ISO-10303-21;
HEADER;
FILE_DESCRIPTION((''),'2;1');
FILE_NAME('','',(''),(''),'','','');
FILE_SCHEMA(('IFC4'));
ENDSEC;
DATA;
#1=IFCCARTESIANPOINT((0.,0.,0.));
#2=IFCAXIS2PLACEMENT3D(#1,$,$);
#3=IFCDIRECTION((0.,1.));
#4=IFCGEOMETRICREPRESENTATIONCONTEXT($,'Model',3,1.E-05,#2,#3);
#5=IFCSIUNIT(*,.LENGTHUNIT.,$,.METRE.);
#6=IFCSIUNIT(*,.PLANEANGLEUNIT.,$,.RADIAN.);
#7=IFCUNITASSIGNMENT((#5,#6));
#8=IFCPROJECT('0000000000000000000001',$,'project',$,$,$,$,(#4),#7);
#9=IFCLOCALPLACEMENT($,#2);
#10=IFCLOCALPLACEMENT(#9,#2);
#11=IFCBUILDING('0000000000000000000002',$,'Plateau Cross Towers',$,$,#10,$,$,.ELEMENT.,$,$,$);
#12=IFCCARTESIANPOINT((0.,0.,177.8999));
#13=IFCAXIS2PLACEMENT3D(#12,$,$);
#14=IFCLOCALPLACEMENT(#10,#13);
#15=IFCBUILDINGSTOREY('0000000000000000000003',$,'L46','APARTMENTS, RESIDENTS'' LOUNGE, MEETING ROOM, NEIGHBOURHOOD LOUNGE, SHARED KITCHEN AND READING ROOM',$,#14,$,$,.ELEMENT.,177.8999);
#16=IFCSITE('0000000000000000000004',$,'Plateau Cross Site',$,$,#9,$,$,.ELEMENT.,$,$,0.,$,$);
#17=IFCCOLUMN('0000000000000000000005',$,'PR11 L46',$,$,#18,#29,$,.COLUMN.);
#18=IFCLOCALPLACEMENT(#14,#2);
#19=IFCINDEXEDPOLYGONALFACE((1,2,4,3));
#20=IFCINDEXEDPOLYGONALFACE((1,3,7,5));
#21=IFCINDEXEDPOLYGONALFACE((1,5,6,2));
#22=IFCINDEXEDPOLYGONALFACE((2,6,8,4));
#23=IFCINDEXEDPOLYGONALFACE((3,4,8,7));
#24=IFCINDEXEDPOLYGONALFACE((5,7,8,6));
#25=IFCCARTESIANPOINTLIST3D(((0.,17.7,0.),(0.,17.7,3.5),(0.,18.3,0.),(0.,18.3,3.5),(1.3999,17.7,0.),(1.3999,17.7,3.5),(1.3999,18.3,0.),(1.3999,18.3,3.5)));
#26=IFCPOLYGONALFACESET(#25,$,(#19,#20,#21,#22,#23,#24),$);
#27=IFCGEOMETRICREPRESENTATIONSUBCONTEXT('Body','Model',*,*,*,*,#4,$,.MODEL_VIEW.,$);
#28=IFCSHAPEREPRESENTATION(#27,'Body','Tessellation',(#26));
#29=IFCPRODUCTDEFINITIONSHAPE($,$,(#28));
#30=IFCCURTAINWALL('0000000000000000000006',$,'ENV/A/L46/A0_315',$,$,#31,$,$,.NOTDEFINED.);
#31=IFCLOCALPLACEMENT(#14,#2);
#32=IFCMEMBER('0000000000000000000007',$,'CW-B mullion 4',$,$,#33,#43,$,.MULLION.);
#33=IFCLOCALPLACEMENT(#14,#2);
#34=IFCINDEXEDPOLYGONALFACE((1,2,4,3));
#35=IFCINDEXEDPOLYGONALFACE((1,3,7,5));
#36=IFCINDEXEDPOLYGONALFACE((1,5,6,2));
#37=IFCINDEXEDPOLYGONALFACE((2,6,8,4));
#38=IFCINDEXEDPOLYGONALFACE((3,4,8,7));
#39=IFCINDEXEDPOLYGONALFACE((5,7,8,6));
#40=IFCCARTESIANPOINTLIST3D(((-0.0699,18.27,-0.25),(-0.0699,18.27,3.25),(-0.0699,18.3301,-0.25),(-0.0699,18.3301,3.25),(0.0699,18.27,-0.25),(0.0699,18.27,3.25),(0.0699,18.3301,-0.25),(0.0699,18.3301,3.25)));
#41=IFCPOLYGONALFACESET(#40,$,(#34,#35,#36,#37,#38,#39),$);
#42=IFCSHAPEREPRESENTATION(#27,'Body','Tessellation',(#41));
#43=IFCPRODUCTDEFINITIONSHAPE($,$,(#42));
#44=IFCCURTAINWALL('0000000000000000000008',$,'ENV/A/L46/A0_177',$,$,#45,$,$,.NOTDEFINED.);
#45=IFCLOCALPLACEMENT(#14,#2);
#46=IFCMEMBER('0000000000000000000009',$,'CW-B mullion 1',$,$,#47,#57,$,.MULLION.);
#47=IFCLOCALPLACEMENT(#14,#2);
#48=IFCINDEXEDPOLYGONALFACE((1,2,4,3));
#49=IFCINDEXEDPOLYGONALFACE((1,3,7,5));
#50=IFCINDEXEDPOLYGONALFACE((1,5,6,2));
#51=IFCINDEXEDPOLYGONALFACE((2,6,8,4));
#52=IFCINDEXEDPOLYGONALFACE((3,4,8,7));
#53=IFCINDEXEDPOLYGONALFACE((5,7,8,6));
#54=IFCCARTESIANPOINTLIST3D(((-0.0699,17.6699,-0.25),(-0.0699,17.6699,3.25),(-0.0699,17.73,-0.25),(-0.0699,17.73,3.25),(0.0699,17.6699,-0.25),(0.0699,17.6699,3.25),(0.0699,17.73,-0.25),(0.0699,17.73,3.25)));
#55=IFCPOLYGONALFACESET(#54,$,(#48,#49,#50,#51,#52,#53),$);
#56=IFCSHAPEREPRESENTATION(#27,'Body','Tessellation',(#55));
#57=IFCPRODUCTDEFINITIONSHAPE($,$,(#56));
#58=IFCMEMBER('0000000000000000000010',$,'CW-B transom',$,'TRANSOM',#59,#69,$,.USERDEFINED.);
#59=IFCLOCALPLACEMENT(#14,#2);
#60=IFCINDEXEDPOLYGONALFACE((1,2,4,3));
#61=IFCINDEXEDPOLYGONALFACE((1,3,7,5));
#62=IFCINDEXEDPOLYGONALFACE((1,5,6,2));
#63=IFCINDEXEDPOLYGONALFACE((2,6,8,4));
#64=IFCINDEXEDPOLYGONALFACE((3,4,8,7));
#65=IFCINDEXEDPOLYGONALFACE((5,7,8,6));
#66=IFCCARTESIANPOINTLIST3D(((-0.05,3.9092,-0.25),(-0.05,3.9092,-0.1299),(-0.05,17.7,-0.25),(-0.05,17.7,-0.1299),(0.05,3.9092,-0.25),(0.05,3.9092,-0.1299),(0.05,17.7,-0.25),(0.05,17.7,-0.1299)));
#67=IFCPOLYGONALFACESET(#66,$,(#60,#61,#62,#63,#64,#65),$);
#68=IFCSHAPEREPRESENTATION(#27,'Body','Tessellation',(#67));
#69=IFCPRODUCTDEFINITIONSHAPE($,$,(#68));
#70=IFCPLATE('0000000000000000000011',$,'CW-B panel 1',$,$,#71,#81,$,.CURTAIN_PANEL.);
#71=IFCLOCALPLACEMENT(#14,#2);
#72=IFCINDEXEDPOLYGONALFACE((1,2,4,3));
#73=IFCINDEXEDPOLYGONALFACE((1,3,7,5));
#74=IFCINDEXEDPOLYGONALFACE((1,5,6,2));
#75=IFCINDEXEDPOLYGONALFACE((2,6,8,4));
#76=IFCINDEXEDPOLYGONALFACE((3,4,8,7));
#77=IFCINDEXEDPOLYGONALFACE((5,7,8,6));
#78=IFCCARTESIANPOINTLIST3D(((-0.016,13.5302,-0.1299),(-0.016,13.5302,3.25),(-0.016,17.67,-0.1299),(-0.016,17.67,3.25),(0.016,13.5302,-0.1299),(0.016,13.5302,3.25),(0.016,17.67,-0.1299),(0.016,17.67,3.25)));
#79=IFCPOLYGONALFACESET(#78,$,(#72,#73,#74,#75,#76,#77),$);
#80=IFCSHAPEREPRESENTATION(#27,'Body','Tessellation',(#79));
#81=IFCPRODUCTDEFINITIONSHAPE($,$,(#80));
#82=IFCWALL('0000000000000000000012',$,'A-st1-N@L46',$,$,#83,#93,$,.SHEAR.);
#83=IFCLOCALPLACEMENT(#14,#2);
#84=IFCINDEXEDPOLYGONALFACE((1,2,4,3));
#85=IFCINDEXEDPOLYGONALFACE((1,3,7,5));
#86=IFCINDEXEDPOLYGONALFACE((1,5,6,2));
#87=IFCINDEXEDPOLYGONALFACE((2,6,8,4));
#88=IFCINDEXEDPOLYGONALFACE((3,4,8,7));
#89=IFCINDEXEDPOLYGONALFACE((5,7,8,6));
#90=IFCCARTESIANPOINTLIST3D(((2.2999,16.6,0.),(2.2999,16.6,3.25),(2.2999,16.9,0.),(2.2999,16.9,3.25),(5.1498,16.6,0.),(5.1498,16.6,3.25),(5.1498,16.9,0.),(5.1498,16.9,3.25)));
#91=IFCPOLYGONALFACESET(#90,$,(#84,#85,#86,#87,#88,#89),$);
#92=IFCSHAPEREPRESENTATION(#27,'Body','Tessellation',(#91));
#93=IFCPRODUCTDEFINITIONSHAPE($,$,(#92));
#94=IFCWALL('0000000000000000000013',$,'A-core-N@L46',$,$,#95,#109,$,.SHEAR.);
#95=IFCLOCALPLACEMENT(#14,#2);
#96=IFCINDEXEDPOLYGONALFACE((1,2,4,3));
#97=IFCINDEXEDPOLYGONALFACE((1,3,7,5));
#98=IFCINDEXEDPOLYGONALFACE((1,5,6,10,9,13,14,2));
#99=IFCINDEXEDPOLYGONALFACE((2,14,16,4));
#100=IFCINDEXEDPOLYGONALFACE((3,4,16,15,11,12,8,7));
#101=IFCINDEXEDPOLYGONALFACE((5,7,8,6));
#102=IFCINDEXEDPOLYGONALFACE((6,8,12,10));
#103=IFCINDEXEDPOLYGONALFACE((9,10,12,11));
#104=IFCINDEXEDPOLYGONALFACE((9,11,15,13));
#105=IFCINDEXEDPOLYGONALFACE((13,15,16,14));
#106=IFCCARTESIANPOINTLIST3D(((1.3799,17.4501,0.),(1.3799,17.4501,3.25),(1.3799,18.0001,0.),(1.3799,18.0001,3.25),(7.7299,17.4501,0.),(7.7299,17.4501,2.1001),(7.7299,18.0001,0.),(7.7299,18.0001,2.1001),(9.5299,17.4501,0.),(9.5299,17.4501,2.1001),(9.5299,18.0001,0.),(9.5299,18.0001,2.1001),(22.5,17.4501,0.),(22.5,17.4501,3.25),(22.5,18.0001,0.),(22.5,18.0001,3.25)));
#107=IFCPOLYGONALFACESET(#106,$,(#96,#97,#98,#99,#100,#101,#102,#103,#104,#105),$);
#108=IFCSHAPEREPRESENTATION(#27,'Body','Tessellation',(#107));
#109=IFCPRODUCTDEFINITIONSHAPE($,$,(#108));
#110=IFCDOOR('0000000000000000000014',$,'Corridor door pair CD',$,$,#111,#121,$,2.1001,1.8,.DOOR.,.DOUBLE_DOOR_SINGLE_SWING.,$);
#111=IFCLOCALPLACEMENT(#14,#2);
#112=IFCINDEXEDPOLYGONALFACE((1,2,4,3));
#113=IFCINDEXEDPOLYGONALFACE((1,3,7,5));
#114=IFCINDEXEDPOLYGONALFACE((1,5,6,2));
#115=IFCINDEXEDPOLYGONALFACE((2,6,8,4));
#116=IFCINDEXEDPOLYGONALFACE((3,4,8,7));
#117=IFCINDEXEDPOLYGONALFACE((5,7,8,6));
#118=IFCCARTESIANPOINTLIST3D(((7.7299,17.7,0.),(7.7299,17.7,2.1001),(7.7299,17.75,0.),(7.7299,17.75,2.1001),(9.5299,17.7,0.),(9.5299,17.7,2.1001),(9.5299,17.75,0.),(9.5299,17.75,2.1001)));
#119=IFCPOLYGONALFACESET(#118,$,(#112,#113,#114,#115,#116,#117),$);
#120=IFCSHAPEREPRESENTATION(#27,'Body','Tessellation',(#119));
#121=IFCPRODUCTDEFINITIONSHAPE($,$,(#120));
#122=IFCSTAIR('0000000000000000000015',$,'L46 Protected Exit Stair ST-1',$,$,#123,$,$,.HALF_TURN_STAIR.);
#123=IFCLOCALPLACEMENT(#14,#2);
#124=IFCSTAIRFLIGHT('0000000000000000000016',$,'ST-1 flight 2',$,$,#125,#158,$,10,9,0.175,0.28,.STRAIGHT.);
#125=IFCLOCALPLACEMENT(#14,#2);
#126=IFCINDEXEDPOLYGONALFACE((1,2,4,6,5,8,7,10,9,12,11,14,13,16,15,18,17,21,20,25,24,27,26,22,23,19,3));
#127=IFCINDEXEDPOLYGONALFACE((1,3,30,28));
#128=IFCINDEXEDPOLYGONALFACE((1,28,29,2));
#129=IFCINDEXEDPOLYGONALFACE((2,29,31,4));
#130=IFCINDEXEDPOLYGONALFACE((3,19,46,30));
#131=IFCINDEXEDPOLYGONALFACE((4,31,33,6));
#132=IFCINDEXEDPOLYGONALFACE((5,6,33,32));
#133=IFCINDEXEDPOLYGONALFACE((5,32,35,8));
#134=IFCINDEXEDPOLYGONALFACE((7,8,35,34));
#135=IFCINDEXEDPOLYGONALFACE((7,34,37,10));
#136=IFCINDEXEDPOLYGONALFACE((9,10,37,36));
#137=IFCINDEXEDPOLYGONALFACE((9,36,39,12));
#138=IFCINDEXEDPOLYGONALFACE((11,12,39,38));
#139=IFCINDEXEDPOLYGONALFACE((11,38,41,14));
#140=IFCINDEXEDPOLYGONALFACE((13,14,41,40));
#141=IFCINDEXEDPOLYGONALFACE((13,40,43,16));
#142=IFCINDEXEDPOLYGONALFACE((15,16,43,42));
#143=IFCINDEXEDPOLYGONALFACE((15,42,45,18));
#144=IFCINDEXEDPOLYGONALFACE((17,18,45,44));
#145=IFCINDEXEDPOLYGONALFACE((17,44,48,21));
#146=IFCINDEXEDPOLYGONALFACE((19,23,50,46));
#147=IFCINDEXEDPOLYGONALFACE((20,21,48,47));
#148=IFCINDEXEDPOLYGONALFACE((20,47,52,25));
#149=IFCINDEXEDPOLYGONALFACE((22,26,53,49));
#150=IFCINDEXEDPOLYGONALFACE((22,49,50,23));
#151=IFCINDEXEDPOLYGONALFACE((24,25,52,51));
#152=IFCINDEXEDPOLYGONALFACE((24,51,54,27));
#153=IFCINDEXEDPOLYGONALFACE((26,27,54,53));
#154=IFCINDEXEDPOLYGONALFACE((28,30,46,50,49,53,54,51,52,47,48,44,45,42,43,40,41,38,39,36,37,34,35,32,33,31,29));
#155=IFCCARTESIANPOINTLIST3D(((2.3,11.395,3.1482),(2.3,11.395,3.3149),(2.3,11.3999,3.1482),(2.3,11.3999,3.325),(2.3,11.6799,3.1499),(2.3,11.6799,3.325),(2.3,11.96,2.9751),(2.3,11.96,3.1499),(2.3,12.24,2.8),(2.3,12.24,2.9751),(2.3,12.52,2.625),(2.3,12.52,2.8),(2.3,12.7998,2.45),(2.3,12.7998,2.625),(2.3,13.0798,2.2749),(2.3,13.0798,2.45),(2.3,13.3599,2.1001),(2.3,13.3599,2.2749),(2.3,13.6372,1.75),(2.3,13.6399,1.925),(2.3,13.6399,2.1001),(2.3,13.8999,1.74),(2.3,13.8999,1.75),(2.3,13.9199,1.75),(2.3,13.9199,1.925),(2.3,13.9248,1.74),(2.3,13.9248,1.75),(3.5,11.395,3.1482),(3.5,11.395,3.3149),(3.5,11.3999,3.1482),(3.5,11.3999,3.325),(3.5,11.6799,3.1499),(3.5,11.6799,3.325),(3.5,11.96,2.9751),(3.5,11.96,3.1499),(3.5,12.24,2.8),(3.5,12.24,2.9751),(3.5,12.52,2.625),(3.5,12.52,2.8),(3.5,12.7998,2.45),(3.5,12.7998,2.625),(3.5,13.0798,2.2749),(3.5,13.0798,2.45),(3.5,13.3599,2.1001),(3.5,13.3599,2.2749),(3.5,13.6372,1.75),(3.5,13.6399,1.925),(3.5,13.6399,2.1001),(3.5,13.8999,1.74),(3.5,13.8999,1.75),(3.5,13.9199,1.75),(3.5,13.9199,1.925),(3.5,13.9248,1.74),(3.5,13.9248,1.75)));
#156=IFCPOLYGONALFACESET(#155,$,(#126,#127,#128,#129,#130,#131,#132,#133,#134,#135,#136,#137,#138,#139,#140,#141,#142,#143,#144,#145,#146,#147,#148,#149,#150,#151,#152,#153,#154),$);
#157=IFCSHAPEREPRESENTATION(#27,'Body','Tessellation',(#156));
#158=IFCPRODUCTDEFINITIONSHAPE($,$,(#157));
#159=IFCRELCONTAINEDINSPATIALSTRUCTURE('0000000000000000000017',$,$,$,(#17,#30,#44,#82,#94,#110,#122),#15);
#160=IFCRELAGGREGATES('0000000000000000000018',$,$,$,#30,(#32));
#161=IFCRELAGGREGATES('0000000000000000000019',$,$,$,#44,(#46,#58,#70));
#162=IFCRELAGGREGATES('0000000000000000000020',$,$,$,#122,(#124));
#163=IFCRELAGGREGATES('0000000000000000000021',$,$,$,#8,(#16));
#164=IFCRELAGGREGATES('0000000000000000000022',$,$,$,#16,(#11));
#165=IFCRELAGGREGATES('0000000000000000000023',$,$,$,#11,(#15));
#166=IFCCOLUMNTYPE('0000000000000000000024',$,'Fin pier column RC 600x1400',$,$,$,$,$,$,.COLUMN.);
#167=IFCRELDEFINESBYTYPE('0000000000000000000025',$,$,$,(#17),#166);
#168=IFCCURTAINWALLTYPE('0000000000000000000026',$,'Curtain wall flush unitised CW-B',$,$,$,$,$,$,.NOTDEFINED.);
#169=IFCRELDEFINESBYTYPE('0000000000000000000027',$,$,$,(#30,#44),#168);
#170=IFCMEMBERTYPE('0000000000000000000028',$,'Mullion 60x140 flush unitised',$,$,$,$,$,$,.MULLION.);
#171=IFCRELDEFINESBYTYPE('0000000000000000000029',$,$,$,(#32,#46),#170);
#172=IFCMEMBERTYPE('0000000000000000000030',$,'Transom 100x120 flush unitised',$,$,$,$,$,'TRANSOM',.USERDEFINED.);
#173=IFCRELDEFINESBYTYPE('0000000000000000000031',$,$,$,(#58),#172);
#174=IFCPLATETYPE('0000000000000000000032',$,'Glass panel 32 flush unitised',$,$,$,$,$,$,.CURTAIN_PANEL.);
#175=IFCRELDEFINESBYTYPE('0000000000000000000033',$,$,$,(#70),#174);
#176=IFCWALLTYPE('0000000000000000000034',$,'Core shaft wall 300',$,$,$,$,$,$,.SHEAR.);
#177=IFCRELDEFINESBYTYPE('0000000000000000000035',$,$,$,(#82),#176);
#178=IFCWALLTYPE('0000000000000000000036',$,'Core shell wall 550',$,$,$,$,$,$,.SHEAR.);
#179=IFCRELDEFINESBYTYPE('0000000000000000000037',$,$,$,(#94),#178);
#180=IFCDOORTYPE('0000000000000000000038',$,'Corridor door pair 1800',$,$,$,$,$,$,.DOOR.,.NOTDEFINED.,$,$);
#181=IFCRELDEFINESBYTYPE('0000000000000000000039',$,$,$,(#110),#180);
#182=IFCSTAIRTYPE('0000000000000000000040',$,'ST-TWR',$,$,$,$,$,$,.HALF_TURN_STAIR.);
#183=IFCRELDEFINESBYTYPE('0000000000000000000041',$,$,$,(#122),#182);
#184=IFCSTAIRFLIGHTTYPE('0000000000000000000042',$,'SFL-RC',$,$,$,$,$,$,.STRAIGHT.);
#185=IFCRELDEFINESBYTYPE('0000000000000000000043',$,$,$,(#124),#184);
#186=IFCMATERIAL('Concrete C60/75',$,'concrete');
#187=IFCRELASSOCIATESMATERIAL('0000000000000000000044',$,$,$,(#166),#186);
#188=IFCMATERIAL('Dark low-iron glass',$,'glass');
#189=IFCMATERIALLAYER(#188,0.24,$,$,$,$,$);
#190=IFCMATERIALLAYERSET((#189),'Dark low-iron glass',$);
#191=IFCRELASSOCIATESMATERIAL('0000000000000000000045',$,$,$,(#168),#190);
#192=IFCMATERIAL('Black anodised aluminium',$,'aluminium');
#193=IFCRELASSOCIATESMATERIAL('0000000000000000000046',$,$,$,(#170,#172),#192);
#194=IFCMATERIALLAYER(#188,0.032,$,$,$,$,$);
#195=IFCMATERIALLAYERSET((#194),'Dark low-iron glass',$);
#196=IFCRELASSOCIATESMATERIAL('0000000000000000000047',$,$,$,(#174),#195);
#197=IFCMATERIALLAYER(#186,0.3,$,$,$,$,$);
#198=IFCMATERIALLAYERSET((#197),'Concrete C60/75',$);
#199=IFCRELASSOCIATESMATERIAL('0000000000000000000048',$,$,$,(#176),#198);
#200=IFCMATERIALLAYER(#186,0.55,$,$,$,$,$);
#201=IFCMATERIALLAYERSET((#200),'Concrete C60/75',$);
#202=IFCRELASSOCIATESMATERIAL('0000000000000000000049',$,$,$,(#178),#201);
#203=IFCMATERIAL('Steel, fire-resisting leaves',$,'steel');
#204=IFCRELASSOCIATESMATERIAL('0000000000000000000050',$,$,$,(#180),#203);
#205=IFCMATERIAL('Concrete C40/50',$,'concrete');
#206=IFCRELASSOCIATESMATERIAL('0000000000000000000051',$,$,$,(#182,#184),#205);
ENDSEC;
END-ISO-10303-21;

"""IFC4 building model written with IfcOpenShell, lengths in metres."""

from ifc_helpers import new_model, si_unit, direction, frame, frame_2d, origin, origin_2d, place, context, subcontext, project, spatial, polyline, rectangle, outline, extrude, material, layer, layer_set, material_profile, profile_set, type_object, element, fill, aggregate, save


model = new_model("IFC4")

# Units and contexts
model_context = context("Model", 3, precision=1e-05, world=origin(), true_north=direction((0.0, 1.0)))
body_context = subcontext(model_context, "Body", "Model", "MODEL_VIEW")
ifc_project = project(units=[si_unit("LENGTHUNIT", "METRE"), si_unit("PLANEANGLEUNIT", "RADIAN")], contexts=[model_context])

# Site, building, storey
site_placement = place(None, origin())
site = spatial("IfcSite", under=ifc_project, at=site_placement, Name="Plateau Cross Site", CompositionType="ELEMENT", RefElevation=0.0)
building_placement = place(site_placement, origin())
building = spatial("IfcBuilding", under=site, at=building_placement, Name="Plateau Cross Towers", CompositionType="ELEMENT")
storey_placement = place(building_placement, frame((0.0, 0.0, 177.8999)))
storey = spatial("IfcBuildingStorey", under=building, at=storey_placement, Name="L46", Description="APARTMENTS, RESIDENTS' LOUNGE, MEETING ROOM, NEIGHBOURHOOD LOUNGE, SHARED KITCHEN AND READING ROOM", CompositionType="ELEMENT", Elevation=177.8999)

# Column
ifc_material_1 = material(Name="Concrete C60/75", Category="concrete")
ifc_material_profile_1 = material_profile(ifc_material_1, rectangle(XDim=0.6001, YDim=1.3999, at=origin_2d()), Name="RC 600x1400")
ifc_profile_set_1 = profile_set([ifc_material_profile_1], Name="Concrete C60/75")
column_type = type_object("IfcColumnType", Name="Fin pier column RC 600x1400", PredefinedType="COLUMN", material=ifc_profile_set_1)
column_placement = place(storey_placement, frame((0.7, 18.0, 0.0), z_axis=(0.0, 0.0, 1.0), x_axis=(0.0, 1.0, 0.0)))
element("IfcColumn", 1, at=column_placement, inside=storey, type_object=column_type, Name="PR11 L46", PredefinedType="COLUMN", context=body_context, shape_type="SweptSolid", body=[
    extrude(rectangle(XDim=0.6001, YDim=1.3999, at=origin_2d()), origin(), (0.0, 0.0, 1.0), 3.5),
])

# Curtain wall, member
ifc_material_2 = material(Name="Dark low-iron glass", Category="glass")
ifc_layer_1 = layer(ifc_material_2, 0.24)
ifc_layer_set_1 = layer_set([ifc_layer_1], Name="Dark low-iron glass")
curtain_wall_type = type_object("IfcCurtainWallType", Name="Curtain wall flush unitised CW-B", PredefinedType="NOTDEFINED", material=ifc_layer_set_1)
curtain_wall_1_placement = place(storey_placement, origin())
curtain_wall_1 = element("IfcCurtainWall", 2, at=curtain_wall_1_placement, inside=storey, type_object=curtain_wall_type, Name="ENV/A/L46/A0_315", PredefinedType="NOTDEFINED")
ifc_material_3 = material(Name="Black anodised aluminium", Category="aluminium")
ifc_material_profile_2 = material_profile(ifc_material_3, rectangle(XDim=0.0601, YDim=0.1399, at=origin_2d()), Name="MULLION 60x140")
ifc_profile_set_2 = profile_set([ifc_material_profile_2], Name="Black anodised aluminium")
member_type_1 = type_object("IfcMemberType", Name="Mullion 60x140 flush unitised", PredefinedType="MULLION", material=ifc_profile_set_2)
member_1_placement = place(storey_placement, frame((0.0, 18.3, -0.25), z_axis=(0.0, 0.0, 1.0), x_axis=(0.0, -1.0, 0.0)))
member_1 = element("IfcMember", 3, at=member_1_placement, type_object=member_type_1, Name="CW-B mullion 4", PredefinedType="MULLION", context=body_context, shape_type="SweptSolid", body=[
    extrude(rectangle(XDim=0.0601, YDim=0.1399, at=origin_2d()), origin(), (0.0, 0.0, 1.0), 3.5),
])
aggregate(curtain_wall_1, [member_1])

# Curtain wall, members, plate
curtain_wall_2_placement = place(storey_placement, origin())
curtain_wall_2 = element("IfcCurtainWall", 4, at=curtain_wall_2_placement, inside=storey, type_object=curtain_wall_type, Name="ENV/A/L46/A0_177", PredefinedType="NOTDEFINED")
member_2_placement = place(storey_placement, frame((0.0, 17.7, -0.25), z_axis=(0.0, 0.0, 1.0), x_axis=(0.0, -1.0, 0.0)))
member_2 = element("IfcMember", 5, at=member_2_placement, type_object=member_type_1, Name="CW-B mullion 1", PredefinedType="MULLION", context=body_context, shape_type="SweptSolid", body=[
    extrude(rectangle(XDim=0.0601, YDim=0.1399, at=origin_2d()), origin(), (0.0, 0.0, 1.0), 3.5),
])
ifc_material_profile_3 = material_profile(ifc_material_3, rectangle(XDim=0.1001, YDim=0.1201, at=origin_2d()), Name="TRANSOM 100x120")
ifc_profile_set_3 = profile_set([ifc_material_profile_3], Name="Black anodised aluminium")
member_type_2 = type_object("IfcMemberType", Name="Transom 100x120 flush unitised", ElementType="TRANSOM", PredefinedType="USERDEFINED", material=ifc_profile_set_3)
member_3_placement = place(storey_placement, frame((0.0, 17.7, -0.1899), z_axis=(0.0, -1.0, 0.0), x_axis=(1.0, 0.0, 0.0)))
member_3 = element("IfcMember", 6, at=member_3_placement, type_object=member_type_2, Name="CW-B transom", ObjectType="TRANSOM", PredefinedType="USERDEFINED", context=body_context, shape_type="SweptSolid", body=[
    extrude(rectangle(XDim=0.1001, YDim=0.1201, at=origin_2d()), origin(), (0.0, 0.0, 1.0), 13.7908),
])
ifc_layer_2 = layer(ifc_material_2, 0.032)
ifc_layer_set_2 = layer_set([ifc_layer_2], Name="Dark low-iron glass")
plate_type = type_object("IfcPlateType", Name="Glass panel 32 flush unitised", PredefinedType="CURTAIN_PANEL", material=ifc_layer_set_2)
plate_placement = place(storey_placement, frame((0.0, 15.6001, -0.1299), z_axis=(0.0, 0.0, 1.0), x_axis=(0.0, -1.0, 0.0)))
plate = element("IfcPlate", 7, at=plate_placement, type_object=plate_type, Name="CW-B panel 1", PredefinedType="CURTAIN_PANEL", context=body_context, shape_type="SweptSolid", body=[
    extrude(rectangle(XDim=4.1399, YDim=0.032, at=origin_2d()), origin(), (0.0, 0.0, 1.0), 3.3799),
])
aggregate(curtain_wall_2, [member_2, member_3, plate])

# Wall
ifc_layer_3 = layer(ifc_material_1, 0.3)
ifc_layer_set_3 = layer_set([ifc_layer_3], Name="Concrete C60/75")
wall_type_1 = type_object("IfcWallType", Name="Core shaft wall 300", PredefinedType="SHEAR", material=ifc_layer_set_3)
wall_1_placement = place(storey_placement, frame((2.3, 16.75, 0.0), z_axis=(0.0, 0.0, 1.0), x_axis=(1.0, 0.0, 0.0)))
element("IfcWall", 8, at=wall_1_placement, inside=storey, type_object=wall_type_1, Name="A-st1-N@L46", PredefinedType="SHEAR", context=body_context, shape_type="SweptSolid", body=[
    extrude(rectangle(XDim=2.8499, YDim=0.3, at=frame_2d((1.4248, 0.0))), origin(), (0.0, 0.0, 1.0), 3.25),
])

# Wall, opening, door
ifc_layer_4 = layer(ifc_material_1, 0.55)
ifc_layer_set_4 = layer_set([ifc_layer_4], Name="Concrete C60/75")
wall_type_2 = type_object("IfcWallType", Name="Core shell wall 550", PredefinedType="SHEAR", material=ifc_layer_set_4)
wall_2_placement = place(storey_placement, frame((1.3799, 17.7251, 0.0), z_axis=(0.0, 0.0, 1.0), x_axis=(1.0, 0.0, 0.0)))
wall_2 = element("IfcWall", 9, at=wall_2_placement, inside=storey, type_object=wall_type_2, Name="A-core-N@L46", PredefinedType="SHEAR", context=body_context, shape_type="SweptSolid", body=[
    extrude(rectangle(XDim=21.1201, YDim=0.55, at=frame_2d((10.5601, 0.0))), origin(), (0.0, 0.0, 1.0), 3.25),
])
opening_placement = place(wall_2_placement, frame((6.3501, 0.0, 0.0)))
opening = element("IfcOpeningElement", 10, at=opening_placement, cuts=wall_2, PredefinedType="OPENING", context=body_context, shape_type="SweptSolid", body=[
    extrude(rectangle(XDim=1.8, YDim=2.1001, at=frame_2d((0.8999, 1.05))), frame((0.0, 0.2849, 0.0), z_axis=(0.0, -1.0, 0.0), x_axis=(1.0, 0.0, 0.0)), (0.0, 0.0, 1.0), 0.5701),
])
ifc_material_4 = material(Name="Steel, fire-resisting leaves", Category="steel")
door_type = type_object("IfcDoorType", Name="Corridor door pair 1800", OperationType="NOTDEFINED", PredefinedType="DOOR", material=ifc_material_4)
door_placement = place(opening_placement, origin())
door = element("IfcDoor", 11, at=door_placement, inside=storey, type_object=door_type, Name="Corridor door pair CD", OperationType="DOUBLE_DOOR_SINGLE_SWING", OverallHeight=2.1001, OverallWidth=1.8, PredefinedType="DOOR", context=body_context, shape_type="SweptSolid", body=[
    extrude(rectangle(XDim=1.8, YDim=2.1001, at=frame_2d((0.8999, 1.05))), frame((0.0, 0.0249, 0.0), z_axis=(0.0, -1.0, 0.0), x_axis=(1.0, 0.0, 0.0)), (0.0, 0.0, 1.0), 0.05),
])
fill(opening, door)

# Stair, stair flight
ifc_material_5 = material(Name="Concrete C40/50", Category="concrete")
stair_type = type_object("IfcStairType", Name="ST-TWR", PredefinedType="HALF_TURN_STAIR", material=ifc_material_5)
stair_placement = place(storey_placement, origin())
stair = element("IfcStair", 12, at=stair_placement, inside=storey, type_object=stair_type, Name="L46 Protected Exit Stair ST-1", PredefinedType="HALF_TURN_STAIR")
stair_flight_type = type_object("IfcStairFlightType", Name="SFL-RC", PredefinedType="STRAIGHT", material=ifc_material_5)
stair_flight_placement = place(storey_placement, frame((2.8999, 13.9199, 1.75), z_axis=(0.0, 0.0, 1.0), x_axis=(0.0, -1.0, 0.0)))
stair_flight = element("IfcStairFlight", 13, at=stair_flight_placement, type_object=stair_flight_type, Name="ST-1 flight 2", NumberOfRisers=10, NumberOfTreads=9, PredefinedType="STRAIGHT", RiserHeight=0.175, TreadLength=0.28, context=body_context, shape_type="SweptSolid", body=[
    extrude(outline(polyline([(-0.0049, -0.01), (-0.0049, 0.0), (0.0, 0.0), (0.0, 0.175), (0.28, 0.175), (0.28, 0.3501), (0.5601, 0.3501), (0.5601, 0.5249), (0.8401, 0.5249), (0.8401, 0.7), (1.1201, 0.7), (1.1201, 0.875), (1.3999, 0.875), (1.3999, 1.05), (1.6799, 1.05), (1.6799, 1.2251), (1.96, 1.2251), (1.96, 1.3999), (2.24, 1.3999), (2.24, 1.575), (2.52, 1.575), (2.5249, 1.5649), (2.5249, 1.3982), (2.52, 1.3982), (0.2827, 0.0), (0.02, 0.0), (0.02, -0.01), (-0.0049, -0.01)])), frame((0.0, 0.6001, 0.0), z_axis=(0.0, -1.0, 0.0), x_axis=(1.0, 0.0, 0.0)), (0.0, 0.0, 1.0), 1.2),
])
aggregate(stair, [stair_flight])

save(model, "model.ifc")
